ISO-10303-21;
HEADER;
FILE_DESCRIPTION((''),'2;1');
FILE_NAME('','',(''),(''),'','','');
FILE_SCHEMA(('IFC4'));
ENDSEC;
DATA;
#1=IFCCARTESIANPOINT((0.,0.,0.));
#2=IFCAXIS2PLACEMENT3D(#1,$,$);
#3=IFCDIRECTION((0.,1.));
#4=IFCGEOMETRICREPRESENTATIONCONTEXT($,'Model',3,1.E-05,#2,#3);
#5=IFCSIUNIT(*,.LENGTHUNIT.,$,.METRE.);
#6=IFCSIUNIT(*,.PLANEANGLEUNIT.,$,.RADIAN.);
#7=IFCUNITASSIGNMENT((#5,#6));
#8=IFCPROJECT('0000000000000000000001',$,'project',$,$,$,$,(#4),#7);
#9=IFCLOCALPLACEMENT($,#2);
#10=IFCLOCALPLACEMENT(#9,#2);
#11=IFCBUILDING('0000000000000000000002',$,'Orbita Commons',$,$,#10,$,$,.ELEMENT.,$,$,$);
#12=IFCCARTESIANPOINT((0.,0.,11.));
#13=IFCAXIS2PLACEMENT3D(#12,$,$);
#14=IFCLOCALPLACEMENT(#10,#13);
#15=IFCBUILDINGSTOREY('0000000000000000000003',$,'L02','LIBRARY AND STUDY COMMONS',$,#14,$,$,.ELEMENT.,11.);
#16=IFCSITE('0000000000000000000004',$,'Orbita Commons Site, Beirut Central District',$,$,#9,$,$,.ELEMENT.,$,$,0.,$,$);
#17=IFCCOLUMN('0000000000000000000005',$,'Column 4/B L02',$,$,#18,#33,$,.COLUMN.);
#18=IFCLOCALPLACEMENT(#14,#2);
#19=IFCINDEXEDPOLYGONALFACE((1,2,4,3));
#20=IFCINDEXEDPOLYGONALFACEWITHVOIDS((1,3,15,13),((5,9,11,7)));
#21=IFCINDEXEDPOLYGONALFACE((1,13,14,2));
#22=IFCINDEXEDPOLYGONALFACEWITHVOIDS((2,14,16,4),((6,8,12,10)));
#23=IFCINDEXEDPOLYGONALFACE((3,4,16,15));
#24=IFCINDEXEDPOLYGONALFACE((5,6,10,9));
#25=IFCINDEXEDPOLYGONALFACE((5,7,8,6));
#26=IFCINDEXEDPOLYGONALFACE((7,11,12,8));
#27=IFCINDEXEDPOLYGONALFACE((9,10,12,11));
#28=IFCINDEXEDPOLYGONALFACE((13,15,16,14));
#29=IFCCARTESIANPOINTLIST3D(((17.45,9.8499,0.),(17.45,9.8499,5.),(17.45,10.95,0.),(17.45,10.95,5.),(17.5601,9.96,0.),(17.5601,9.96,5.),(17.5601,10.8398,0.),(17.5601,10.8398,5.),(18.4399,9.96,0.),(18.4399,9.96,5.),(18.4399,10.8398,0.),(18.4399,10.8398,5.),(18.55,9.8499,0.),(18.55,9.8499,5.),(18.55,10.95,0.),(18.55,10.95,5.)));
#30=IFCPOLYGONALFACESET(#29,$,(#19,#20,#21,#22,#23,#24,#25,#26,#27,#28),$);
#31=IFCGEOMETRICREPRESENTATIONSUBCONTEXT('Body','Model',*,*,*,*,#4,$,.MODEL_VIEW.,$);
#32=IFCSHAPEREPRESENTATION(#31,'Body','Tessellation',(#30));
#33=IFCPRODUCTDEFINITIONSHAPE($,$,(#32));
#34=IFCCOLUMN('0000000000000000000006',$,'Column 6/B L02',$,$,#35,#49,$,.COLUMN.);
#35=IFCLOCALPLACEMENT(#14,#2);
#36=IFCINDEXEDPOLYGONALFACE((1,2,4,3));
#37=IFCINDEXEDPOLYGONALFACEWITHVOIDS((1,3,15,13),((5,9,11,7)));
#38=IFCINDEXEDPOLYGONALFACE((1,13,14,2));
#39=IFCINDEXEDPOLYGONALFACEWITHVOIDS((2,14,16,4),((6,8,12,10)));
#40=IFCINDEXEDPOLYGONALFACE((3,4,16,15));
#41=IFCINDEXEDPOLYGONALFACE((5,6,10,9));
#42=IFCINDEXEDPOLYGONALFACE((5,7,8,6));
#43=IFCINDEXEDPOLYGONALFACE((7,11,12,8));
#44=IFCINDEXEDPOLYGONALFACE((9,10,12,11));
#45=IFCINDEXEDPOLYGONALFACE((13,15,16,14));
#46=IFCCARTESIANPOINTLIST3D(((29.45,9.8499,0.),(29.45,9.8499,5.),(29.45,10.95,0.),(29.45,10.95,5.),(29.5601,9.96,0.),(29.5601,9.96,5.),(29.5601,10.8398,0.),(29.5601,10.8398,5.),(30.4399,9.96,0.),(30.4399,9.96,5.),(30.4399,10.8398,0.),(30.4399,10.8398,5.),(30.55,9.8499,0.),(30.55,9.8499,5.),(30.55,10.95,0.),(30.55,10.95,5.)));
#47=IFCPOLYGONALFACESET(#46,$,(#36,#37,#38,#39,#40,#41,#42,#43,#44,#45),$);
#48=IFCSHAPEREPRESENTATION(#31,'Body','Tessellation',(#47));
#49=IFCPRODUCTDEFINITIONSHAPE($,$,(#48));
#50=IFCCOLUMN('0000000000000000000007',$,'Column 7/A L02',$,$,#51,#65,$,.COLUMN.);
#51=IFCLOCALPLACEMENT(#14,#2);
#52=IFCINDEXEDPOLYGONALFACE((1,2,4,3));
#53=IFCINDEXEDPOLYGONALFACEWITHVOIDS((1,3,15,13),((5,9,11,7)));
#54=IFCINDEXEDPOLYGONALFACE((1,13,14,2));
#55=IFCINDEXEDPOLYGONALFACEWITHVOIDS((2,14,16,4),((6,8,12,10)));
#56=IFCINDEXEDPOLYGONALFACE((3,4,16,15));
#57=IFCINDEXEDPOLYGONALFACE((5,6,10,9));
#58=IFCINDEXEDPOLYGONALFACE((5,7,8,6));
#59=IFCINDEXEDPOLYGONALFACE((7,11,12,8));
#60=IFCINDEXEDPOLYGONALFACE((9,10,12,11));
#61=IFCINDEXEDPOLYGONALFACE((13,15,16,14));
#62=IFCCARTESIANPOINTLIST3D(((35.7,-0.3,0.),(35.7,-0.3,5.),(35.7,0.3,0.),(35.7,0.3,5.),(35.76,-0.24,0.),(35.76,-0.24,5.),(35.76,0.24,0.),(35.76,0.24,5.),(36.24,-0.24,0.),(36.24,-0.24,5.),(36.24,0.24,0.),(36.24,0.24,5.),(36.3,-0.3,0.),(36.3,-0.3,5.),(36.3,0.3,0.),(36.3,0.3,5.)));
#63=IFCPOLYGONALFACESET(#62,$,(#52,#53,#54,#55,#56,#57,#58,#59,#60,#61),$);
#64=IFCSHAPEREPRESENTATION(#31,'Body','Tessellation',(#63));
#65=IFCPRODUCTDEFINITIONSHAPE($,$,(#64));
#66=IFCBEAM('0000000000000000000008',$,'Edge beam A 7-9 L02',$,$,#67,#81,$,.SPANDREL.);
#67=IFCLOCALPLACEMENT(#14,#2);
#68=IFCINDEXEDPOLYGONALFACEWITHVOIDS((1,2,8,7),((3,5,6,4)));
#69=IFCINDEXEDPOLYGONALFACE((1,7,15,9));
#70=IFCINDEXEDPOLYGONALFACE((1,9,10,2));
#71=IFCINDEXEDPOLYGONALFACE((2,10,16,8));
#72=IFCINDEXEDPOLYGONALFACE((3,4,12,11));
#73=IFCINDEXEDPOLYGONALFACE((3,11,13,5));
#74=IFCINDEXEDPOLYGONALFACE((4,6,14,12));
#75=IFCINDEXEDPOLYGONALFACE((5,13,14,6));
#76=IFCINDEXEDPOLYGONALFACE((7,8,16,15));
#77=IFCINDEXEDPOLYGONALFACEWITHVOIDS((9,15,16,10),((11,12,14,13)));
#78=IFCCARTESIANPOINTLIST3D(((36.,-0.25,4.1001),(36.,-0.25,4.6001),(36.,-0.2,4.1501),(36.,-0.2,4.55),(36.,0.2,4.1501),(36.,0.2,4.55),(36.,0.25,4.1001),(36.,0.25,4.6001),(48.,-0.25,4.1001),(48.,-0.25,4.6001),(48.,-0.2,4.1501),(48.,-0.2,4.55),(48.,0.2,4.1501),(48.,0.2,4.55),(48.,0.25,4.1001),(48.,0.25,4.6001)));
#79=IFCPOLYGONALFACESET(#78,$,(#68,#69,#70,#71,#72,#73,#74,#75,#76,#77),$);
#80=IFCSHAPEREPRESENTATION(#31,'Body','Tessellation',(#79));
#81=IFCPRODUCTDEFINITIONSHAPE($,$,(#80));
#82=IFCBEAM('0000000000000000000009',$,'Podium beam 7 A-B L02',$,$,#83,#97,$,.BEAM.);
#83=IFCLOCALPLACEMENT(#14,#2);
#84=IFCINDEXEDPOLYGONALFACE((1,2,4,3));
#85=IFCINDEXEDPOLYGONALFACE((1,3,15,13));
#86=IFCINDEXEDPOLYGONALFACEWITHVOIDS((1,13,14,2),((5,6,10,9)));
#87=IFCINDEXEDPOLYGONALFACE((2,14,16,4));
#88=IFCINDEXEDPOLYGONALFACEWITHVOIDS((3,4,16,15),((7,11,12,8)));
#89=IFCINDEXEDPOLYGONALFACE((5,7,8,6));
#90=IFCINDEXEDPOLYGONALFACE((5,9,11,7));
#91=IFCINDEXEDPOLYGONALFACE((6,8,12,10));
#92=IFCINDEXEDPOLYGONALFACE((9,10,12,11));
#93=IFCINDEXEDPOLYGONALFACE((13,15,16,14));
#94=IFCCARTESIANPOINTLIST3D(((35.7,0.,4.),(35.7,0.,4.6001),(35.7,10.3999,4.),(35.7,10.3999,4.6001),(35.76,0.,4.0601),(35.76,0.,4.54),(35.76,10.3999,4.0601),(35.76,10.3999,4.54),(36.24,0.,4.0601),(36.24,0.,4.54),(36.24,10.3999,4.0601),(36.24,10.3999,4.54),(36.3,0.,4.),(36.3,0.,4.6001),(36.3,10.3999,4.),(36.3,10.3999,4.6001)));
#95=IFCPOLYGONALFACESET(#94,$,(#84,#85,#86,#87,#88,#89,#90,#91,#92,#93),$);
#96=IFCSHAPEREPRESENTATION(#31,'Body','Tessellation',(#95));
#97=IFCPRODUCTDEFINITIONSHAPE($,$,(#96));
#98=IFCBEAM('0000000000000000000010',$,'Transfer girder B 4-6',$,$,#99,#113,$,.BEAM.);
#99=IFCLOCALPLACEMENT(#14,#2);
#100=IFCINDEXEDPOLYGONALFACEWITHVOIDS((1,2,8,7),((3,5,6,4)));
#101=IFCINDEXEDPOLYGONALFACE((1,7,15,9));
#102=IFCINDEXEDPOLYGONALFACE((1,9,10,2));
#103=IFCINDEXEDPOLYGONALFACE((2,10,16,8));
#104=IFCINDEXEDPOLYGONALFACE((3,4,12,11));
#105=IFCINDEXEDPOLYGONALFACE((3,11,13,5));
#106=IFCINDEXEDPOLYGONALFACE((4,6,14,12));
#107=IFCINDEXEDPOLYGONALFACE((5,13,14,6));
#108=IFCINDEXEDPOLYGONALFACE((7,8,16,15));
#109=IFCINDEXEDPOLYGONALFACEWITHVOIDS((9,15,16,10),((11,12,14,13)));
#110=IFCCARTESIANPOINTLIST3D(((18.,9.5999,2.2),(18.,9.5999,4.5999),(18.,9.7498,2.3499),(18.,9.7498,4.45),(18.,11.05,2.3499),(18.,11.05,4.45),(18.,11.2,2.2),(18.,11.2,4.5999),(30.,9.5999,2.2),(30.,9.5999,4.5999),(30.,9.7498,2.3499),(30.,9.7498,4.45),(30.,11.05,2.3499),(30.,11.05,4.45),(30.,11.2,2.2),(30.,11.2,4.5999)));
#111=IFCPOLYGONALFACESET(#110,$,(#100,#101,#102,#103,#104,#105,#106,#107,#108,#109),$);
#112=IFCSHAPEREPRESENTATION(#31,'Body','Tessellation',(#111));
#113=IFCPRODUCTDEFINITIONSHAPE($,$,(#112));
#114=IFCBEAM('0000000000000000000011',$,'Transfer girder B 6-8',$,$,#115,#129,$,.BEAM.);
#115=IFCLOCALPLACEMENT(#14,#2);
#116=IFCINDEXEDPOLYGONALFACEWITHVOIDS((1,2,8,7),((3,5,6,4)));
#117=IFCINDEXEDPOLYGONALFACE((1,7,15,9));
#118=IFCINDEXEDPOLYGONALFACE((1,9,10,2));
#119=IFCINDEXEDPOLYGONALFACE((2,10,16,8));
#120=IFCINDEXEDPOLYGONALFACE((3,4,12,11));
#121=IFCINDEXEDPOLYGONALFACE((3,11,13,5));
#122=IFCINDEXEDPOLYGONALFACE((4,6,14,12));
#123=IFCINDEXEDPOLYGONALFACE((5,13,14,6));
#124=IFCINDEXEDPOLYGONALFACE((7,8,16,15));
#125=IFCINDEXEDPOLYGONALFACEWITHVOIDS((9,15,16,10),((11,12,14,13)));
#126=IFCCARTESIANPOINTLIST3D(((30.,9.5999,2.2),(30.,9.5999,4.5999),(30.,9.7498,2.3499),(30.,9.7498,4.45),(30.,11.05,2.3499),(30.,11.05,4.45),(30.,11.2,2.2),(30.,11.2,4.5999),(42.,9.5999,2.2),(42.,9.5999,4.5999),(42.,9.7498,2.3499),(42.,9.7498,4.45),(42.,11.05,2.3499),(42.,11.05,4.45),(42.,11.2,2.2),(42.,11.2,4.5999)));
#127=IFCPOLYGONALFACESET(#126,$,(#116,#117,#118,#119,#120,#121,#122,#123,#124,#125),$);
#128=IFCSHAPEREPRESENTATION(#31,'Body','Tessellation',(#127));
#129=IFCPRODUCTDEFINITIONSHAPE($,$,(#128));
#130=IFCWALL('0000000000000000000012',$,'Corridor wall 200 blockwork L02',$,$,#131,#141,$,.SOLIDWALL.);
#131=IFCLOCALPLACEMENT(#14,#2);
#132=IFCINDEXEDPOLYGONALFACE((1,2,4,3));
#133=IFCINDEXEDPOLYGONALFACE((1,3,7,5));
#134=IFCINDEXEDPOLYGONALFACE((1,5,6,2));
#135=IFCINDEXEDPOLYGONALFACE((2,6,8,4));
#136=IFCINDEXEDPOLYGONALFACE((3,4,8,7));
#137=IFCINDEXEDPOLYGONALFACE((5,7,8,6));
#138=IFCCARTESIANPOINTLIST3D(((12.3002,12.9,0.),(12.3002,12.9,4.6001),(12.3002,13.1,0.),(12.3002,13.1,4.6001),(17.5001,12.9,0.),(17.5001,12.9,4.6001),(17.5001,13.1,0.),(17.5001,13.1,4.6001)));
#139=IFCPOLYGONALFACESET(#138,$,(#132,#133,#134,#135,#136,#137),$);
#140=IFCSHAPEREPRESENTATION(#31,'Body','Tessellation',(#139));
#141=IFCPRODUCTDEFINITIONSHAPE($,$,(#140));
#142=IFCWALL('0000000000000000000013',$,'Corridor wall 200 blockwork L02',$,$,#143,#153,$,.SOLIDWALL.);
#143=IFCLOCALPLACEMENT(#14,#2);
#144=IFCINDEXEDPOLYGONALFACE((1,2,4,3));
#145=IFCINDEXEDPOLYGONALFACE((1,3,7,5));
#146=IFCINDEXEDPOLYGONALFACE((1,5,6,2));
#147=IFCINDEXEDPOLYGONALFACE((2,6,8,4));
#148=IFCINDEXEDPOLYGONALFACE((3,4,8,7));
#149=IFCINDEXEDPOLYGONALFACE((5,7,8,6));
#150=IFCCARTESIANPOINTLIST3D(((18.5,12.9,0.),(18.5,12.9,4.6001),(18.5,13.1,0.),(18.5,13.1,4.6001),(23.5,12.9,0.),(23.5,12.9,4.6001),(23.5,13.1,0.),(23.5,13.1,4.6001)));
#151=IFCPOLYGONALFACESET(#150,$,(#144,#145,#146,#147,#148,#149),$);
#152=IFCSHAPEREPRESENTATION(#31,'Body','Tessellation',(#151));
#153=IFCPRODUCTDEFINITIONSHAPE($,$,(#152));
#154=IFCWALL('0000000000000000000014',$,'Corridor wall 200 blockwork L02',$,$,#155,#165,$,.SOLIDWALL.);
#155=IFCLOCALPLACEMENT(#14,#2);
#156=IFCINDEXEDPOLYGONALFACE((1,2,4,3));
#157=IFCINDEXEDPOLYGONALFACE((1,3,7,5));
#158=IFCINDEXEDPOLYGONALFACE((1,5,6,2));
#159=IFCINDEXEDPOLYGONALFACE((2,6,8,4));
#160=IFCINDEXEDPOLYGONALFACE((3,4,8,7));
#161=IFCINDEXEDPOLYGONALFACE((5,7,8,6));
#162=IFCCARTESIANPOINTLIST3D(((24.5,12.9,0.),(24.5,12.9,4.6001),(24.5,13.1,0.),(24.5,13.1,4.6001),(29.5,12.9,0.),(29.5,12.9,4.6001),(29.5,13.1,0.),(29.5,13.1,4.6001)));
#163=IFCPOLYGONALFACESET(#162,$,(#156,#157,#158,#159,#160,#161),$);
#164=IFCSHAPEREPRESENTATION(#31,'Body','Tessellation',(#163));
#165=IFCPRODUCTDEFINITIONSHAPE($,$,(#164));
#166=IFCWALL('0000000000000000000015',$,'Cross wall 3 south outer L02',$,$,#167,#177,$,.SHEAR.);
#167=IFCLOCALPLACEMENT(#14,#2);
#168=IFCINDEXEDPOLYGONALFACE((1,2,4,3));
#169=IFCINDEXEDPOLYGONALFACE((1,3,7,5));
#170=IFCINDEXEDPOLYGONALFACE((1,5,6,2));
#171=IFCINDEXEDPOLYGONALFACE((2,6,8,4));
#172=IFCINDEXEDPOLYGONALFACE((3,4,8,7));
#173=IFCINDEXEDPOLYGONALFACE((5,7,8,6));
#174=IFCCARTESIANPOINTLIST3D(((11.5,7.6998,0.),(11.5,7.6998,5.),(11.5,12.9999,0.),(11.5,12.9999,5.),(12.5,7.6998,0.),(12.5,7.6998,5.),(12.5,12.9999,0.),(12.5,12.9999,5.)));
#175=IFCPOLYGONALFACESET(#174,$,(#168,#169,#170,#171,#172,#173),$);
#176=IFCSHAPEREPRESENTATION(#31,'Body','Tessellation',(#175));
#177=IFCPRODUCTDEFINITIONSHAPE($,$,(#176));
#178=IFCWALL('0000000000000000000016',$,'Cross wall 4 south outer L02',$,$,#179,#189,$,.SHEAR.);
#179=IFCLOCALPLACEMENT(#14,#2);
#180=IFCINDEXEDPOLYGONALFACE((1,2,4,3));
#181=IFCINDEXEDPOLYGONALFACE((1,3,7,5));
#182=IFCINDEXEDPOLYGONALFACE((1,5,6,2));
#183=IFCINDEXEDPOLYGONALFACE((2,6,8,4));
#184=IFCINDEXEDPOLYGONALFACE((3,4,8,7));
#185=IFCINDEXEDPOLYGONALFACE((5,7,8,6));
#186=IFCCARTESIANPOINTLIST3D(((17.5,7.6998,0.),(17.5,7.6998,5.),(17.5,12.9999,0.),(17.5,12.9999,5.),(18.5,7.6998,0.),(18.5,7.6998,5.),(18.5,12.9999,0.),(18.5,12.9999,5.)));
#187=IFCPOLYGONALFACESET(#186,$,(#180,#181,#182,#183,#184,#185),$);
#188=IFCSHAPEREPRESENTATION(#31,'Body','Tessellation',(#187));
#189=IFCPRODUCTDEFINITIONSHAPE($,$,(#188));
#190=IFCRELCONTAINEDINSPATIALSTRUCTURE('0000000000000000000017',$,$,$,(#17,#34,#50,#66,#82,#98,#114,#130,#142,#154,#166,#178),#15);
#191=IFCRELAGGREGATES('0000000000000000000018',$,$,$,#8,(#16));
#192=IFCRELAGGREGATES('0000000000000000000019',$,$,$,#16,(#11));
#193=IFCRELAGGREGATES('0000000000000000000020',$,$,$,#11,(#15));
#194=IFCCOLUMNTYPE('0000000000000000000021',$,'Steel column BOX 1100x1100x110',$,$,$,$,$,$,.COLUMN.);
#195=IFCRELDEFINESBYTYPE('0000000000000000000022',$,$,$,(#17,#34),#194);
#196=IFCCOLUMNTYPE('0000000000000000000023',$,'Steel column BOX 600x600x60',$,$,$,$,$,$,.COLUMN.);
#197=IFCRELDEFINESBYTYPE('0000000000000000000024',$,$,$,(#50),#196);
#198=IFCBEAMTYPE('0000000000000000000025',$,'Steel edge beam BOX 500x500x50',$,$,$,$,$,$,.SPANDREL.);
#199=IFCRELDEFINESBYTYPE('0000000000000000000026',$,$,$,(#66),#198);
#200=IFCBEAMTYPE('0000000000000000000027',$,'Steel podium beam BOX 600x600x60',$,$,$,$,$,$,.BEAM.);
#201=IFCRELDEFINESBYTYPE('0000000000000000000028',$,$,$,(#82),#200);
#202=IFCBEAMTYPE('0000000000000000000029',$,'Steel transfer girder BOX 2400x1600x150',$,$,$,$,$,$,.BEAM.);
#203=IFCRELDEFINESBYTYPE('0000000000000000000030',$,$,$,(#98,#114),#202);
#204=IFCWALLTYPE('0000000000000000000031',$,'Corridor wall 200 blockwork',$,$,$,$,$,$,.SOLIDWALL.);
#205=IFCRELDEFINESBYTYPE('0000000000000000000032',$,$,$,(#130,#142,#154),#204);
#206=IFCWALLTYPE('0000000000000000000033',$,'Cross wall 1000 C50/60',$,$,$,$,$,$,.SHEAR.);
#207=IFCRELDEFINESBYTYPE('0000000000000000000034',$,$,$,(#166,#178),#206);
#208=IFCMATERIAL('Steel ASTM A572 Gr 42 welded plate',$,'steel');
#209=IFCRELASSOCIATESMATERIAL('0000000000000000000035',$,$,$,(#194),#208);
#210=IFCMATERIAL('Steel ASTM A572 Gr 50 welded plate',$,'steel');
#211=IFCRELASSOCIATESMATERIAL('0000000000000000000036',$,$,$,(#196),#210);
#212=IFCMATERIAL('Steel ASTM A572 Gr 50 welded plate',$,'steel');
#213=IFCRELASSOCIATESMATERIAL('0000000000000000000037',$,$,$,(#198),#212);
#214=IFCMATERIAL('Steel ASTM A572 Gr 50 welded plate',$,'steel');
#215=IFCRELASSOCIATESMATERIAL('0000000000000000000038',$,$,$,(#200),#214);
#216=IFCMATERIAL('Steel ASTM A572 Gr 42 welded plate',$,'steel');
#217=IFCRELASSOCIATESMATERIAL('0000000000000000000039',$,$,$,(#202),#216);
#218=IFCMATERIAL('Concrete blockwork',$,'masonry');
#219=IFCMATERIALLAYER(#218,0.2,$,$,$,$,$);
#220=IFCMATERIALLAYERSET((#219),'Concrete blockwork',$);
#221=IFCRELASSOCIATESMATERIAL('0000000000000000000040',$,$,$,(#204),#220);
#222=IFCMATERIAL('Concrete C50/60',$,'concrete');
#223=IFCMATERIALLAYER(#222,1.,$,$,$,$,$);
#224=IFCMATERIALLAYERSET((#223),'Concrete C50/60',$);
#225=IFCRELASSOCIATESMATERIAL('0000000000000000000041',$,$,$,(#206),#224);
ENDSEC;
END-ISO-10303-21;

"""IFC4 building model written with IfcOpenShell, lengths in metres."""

from ifc_helpers import new_model, si_unit, direction, frame, frame_2d, origin, origin_2d, place, context, subcontext, project, spatial, rectangle, hollow_rectangle, extrude, material, layer, layer_set, material_profile, profile_set, type_object, element, save


model = new_model("IFC4")

# Units and contexts
model_context = context("Model", 3, precision=1e-05, world=origin(), true_north=direction((0.0, 1.0)))
body_context = subcontext(model_context, "Body", "Model", "MODEL_VIEW")
ifc_project = project(units=[si_unit("LENGTHUNIT", "METRE"), si_unit("PLANEANGLEUNIT", "RADIAN")], contexts=[model_context])

# Site, building, storey
site_placement = place(None, origin())
site = spatial("IfcSite", under=ifc_project, at=site_placement, Name="Orbita Commons Site, Beirut Central District", CompositionType="ELEMENT", RefElevation=0.0)
building_placement = place(site_placement, origin())
building = spatial("IfcBuilding", under=site, at=building_placement, Name="Orbita Commons", CompositionType="ELEMENT")
storey_placement = place(building_placement, frame((0.0, 0.0, 11.0)))
storey = spatial("IfcBuildingStorey", under=building, at=storey_placement, Name="L02", Description="LIBRARY AND STUDY COMMONS", CompositionType="ELEMENT", Elevation=11.0)

# Columns
ifc_material_1 = material(Name="Steel ASTM A572 Gr 42 welded plate", Category="steel")
ifc_material_profile_1 = material_profile(ifc_material_1, hollow_rectangle(XDim=1.1001, YDim=1.1001, WallThickness=0.1101, at=origin_2d()), Name="BOX 1100x1100x110")
ifc_profile_set_1 = profile_set([ifc_material_profile_1], Name="Steel ASTM A572 Gr 42 welded plate")
column_type_1 = type_object("IfcColumnType", Name="Steel column BOX 1100x1100x110", PredefinedType="COLUMN", material=ifc_profile_set_1)
for number, where, z_axis, x_axis, name in (
    (1, (18.0, 10.3999, 0.0), (0.0, 0.0, 1.0), (1.0, 0.0, 0.0), "Column 4/B L02"),
    (2, (30.0, 10.3999, 0.0), (0.0, 0.0, 1.0), (1.0, 0.0, 0.0), "Column 6/B L02"),
):
    element("IfcColumn", number, at=place(storey_placement, frame(where, z_axis=z_axis, x_axis=x_axis)), inside=storey, type_object=column_type_1, Name=name, PredefinedType="COLUMN", context=body_context, shape_type="SweptSolid", body=[
        extrude(hollow_rectangle(XDim=1.1001, YDim=1.1001, WallThickness=0.1101, at=origin_2d()), origin(), (0.0, 0.0, 1.0), 5.0),
    ])
ifc_material_2 = material(Name="Steel ASTM A572 Gr 50 welded plate", Category="steel")
ifc_material_profile_2 = material_profile(ifc_material_2, hollow_rectangle(XDim=0.6001, YDim=0.6001, WallThickness=0.0601, at=origin_2d()), Name="BOX 600x600x60")
ifc_profile_set_2 = profile_set([ifc_material_profile_2], Name="Steel ASTM A572 Gr 50 welded plate")
column_type_2 = type_object("IfcColumnType", Name="Steel column BOX 600x600x60", PredefinedType="COLUMN", material=ifc_profile_set_2)
column_placement = place(storey_placement, frame((36.0, 0.0, 0.0), z_axis=(0.0, 0.0, 1.0), x_axis=(1.0, 0.0, 0.0)))
element("IfcColumn", 3, at=column_placement, inside=storey, type_object=column_type_2, Name="Column 7/A L02", PredefinedType="COLUMN", context=body_context, shape_type="SweptSolid", body=[
    extrude(hollow_rectangle(XDim=0.6001, YDim=0.6001, WallThickness=0.0601, at=origin_2d()), origin(), (0.0, 0.0, 1.0), 5.0),
])

# Beams
ifc_material_3 = material(Name="Steel ASTM A572 Gr 50 welded plate", Category="steel")
ifc_material_profile_3 = material_profile(ifc_material_3, hollow_rectangle(XDim=0.5, YDim=0.5, WallThickness=0.05, at=origin_2d()), Name="BOX 500x500x50")
ifc_profile_set_3 = profile_set([ifc_material_profile_3], Name="Steel ASTM A572 Gr 50 welded plate")
beam_type_1 = type_object("IfcBeamType", Name="Steel edge beam BOX 500x500x50", PredefinedType="SPANDREL", material=ifc_profile_set_3)
beam_1_placement = place(storey_placement, frame((36.0, 0.0, 4.3501), z_axis=(1.0, 0.0, 0.0), x_axis=(0.0, 1.0, 0.0)))
element("IfcBeam", 4, at=beam_1_placement, inside=storey, type_object=beam_type_1, Name="Edge beam A 7-9 L02", PredefinedType="SPANDREL", context=body_context, shape_type="SweptSolid", body=[
    extrude(hollow_rectangle(XDim=0.5, YDim=0.5, WallThickness=0.05, at=origin_2d()), origin(), (0.0, 0.0, 1.0), 12.0),
])
ifc_material_4 = material(Name="Steel ASTM A572 Gr 50 welded plate", Category="steel")
ifc_material_profile_4 = material_profile(ifc_material_4, hollow_rectangle(XDim=0.6001, YDim=0.6001, WallThickness=0.0601, at=origin_2d()), Name="BOX 600x600x60")
ifc_profile_set_4 = profile_set([ifc_material_profile_4], Name="Steel ASTM A572 Gr 50 welded plate")
beam_type_2 = type_object("IfcBeamType", Name="Steel podium beam BOX 600x600x60", PredefinedType="BEAM", material=ifc_profile_set_4)
beam_2_placement = place(storey_placement, frame((36.0, 0.0, 4.3), z_axis=(0.0, 1.0, 0.0), x_axis=(-1.0, 0.0, 0.0)))
element("IfcBeam", 5, at=beam_2_placement, inside=storey, type_object=beam_type_2, Name="Podium beam 7 A-B L02", PredefinedType="BEAM", context=body_context, shape_type="SweptSolid", body=[
    extrude(hollow_rectangle(XDim=0.6001, YDim=0.6001, WallThickness=0.0601, at=origin_2d()), origin(), (0.0, 0.0, 1.0), 10.3999),
])
ifc_material_5 = material(Name="Steel ASTM A572 Gr 42 welded plate", Category="steel")
ifc_material_profile_5 = material_profile(ifc_material_5, hollow_rectangle(XDim=1.6001, YDim=2.3999, WallThickness=0.1499, at=origin_2d()), Name="BOX 2400x1600x150")
ifc_profile_set_5 = profile_set([ifc_material_profile_5], Name="Steel ASTM A572 Gr 42 welded plate")
beam_type_3 = type_object("IfcBeamType", Name="Steel transfer girder BOX 2400x1600x150", PredefinedType="BEAM", material=ifc_profile_set_5)
for number, where, z_axis, x_axis, name in (
    (6, (18.0, 10.3999, 3.3999), (1.0, 0.0, 0.0), (0.0, 1.0, 0.0), "Transfer girder B 4-6"),
    (7, (30.0, 10.3999, 3.3999), (1.0, 0.0, 0.0), (0.0, 1.0, 0.0), "Transfer girder B 6-8"),
):
    element("IfcBeam", number, at=place(storey_placement, frame(where, z_axis=z_axis, x_axis=x_axis)), inside=storey, type_object=beam_type_3, Name=name, PredefinedType="BEAM", context=body_context, shape_type="SweptSolid", body=[
        extrude(hollow_rectangle(XDim=1.6001, YDim=2.3999, WallThickness=0.1499, at=origin_2d()), origin(), (0.0, 0.0, 1.0), 12.0),
    ])

# Walls
ifc_material_6 = material(Name="Concrete blockwork", Category="masonry")
ifc_layer_1 = layer(ifc_material_6, 0.2)
ifc_layer_set_1 = layer_set([ifc_layer_1], Name="Concrete blockwork")
wall_type_1 = type_object("IfcWallType", Name="Corridor wall 200 blockwork", PredefinedType="SOLIDWALL", material=ifc_layer_set_1)
wall_placement = place(storey_placement, frame((12.3, 13.0, 0.0), z_axis=(0.0, 0.0, 1.0), x_axis=(1.0, 0.0, 0.0)))
element("IfcWall", 8, at=wall_placement, inside=storey, type_object=wall_type_1, Name="Corridor wall 200 blockwork L02", PredefinedType="SOLIDWALL", context=body_context, shape_type="SweptSolid", body=[
    extrude(rectangle(XDim=5.2, YDim=0.2, at=frame_2d((2.6001, 0.0))), origin(), (0.0, 0.0, 1.0), 4.6001),
])
for number, where, z_axis, x_axis, name in (
    (9, (18.5, 13.0, 0.0), (0.0, 0.0, 1.0), (1.0, 0.0, 0.0), "Corridor wall 200 blockwork L02"),
    (10, (24.5, 13.0, 0.0), (0.0, 0.0, 1.0), (1.0, 0.0, 0.0), "Corridor wall 200 blockwork L02"),
):
    element("IfcWall", number, at=place(storey_placement, frame(where, z_axis=z_axis, x_axis=x_axis)), inside=storey, type_object=wall_type_1, Name=name, PredefinedType="SOLIDWALL", context=body_context, shape_type="SweptSolid", body=[
        extrude(rectangle(XDim=5.0, YDim=0.2, at=frame_2d((2.5, 0.0))), origin(), (0.0, 0.0, 1.0), 4.6001),
    ])
ifc_material_7 = material(Name="Concrete C50/60", Category="concrete")
ifc_layer_2 = layer(ifc_material_7, 1.0)
ifc_layer_set_2 = layer_set([ifc_layer_2], Name="Concrete C50/60")
wall_type_2 = type_object("IfcWallType", Name="Cross wall 1000 C50/60", PredefinedType="SHEAR", material=ifc_layer_set_2)
for number, where, z_axis, x_axis, name in (
    (11, (12.0, 7.7, 0.0), (0.0, 0.0, 1.0), (0.0, 1.0, 0.0), "Cross wall 3 south outer L02"),
    (12, (18.0, 7.7, 0.0), (0.0, 0.0, 1.0), (0.0, 1.0, 0.0), "Cross wall 4 south outer L02"),
):
    element("IfcWall", number, at=place(storey_placement, frame(where, z_axis=z_axis, x_axis=x_axis)), inside=storey, type_object=wall_type_2, Name=name, PredefinedType="SHEAR", context=body_context, shape_type="SweptSolid", body=[
        extrude(rectangle(XDim=5.3, YDim=1.0, at=frame_2d((2.6499, 0.0))), origin(), (0.0, 0.0, 1.0), 5.0),
    ])

save(model, "model.ifc")
